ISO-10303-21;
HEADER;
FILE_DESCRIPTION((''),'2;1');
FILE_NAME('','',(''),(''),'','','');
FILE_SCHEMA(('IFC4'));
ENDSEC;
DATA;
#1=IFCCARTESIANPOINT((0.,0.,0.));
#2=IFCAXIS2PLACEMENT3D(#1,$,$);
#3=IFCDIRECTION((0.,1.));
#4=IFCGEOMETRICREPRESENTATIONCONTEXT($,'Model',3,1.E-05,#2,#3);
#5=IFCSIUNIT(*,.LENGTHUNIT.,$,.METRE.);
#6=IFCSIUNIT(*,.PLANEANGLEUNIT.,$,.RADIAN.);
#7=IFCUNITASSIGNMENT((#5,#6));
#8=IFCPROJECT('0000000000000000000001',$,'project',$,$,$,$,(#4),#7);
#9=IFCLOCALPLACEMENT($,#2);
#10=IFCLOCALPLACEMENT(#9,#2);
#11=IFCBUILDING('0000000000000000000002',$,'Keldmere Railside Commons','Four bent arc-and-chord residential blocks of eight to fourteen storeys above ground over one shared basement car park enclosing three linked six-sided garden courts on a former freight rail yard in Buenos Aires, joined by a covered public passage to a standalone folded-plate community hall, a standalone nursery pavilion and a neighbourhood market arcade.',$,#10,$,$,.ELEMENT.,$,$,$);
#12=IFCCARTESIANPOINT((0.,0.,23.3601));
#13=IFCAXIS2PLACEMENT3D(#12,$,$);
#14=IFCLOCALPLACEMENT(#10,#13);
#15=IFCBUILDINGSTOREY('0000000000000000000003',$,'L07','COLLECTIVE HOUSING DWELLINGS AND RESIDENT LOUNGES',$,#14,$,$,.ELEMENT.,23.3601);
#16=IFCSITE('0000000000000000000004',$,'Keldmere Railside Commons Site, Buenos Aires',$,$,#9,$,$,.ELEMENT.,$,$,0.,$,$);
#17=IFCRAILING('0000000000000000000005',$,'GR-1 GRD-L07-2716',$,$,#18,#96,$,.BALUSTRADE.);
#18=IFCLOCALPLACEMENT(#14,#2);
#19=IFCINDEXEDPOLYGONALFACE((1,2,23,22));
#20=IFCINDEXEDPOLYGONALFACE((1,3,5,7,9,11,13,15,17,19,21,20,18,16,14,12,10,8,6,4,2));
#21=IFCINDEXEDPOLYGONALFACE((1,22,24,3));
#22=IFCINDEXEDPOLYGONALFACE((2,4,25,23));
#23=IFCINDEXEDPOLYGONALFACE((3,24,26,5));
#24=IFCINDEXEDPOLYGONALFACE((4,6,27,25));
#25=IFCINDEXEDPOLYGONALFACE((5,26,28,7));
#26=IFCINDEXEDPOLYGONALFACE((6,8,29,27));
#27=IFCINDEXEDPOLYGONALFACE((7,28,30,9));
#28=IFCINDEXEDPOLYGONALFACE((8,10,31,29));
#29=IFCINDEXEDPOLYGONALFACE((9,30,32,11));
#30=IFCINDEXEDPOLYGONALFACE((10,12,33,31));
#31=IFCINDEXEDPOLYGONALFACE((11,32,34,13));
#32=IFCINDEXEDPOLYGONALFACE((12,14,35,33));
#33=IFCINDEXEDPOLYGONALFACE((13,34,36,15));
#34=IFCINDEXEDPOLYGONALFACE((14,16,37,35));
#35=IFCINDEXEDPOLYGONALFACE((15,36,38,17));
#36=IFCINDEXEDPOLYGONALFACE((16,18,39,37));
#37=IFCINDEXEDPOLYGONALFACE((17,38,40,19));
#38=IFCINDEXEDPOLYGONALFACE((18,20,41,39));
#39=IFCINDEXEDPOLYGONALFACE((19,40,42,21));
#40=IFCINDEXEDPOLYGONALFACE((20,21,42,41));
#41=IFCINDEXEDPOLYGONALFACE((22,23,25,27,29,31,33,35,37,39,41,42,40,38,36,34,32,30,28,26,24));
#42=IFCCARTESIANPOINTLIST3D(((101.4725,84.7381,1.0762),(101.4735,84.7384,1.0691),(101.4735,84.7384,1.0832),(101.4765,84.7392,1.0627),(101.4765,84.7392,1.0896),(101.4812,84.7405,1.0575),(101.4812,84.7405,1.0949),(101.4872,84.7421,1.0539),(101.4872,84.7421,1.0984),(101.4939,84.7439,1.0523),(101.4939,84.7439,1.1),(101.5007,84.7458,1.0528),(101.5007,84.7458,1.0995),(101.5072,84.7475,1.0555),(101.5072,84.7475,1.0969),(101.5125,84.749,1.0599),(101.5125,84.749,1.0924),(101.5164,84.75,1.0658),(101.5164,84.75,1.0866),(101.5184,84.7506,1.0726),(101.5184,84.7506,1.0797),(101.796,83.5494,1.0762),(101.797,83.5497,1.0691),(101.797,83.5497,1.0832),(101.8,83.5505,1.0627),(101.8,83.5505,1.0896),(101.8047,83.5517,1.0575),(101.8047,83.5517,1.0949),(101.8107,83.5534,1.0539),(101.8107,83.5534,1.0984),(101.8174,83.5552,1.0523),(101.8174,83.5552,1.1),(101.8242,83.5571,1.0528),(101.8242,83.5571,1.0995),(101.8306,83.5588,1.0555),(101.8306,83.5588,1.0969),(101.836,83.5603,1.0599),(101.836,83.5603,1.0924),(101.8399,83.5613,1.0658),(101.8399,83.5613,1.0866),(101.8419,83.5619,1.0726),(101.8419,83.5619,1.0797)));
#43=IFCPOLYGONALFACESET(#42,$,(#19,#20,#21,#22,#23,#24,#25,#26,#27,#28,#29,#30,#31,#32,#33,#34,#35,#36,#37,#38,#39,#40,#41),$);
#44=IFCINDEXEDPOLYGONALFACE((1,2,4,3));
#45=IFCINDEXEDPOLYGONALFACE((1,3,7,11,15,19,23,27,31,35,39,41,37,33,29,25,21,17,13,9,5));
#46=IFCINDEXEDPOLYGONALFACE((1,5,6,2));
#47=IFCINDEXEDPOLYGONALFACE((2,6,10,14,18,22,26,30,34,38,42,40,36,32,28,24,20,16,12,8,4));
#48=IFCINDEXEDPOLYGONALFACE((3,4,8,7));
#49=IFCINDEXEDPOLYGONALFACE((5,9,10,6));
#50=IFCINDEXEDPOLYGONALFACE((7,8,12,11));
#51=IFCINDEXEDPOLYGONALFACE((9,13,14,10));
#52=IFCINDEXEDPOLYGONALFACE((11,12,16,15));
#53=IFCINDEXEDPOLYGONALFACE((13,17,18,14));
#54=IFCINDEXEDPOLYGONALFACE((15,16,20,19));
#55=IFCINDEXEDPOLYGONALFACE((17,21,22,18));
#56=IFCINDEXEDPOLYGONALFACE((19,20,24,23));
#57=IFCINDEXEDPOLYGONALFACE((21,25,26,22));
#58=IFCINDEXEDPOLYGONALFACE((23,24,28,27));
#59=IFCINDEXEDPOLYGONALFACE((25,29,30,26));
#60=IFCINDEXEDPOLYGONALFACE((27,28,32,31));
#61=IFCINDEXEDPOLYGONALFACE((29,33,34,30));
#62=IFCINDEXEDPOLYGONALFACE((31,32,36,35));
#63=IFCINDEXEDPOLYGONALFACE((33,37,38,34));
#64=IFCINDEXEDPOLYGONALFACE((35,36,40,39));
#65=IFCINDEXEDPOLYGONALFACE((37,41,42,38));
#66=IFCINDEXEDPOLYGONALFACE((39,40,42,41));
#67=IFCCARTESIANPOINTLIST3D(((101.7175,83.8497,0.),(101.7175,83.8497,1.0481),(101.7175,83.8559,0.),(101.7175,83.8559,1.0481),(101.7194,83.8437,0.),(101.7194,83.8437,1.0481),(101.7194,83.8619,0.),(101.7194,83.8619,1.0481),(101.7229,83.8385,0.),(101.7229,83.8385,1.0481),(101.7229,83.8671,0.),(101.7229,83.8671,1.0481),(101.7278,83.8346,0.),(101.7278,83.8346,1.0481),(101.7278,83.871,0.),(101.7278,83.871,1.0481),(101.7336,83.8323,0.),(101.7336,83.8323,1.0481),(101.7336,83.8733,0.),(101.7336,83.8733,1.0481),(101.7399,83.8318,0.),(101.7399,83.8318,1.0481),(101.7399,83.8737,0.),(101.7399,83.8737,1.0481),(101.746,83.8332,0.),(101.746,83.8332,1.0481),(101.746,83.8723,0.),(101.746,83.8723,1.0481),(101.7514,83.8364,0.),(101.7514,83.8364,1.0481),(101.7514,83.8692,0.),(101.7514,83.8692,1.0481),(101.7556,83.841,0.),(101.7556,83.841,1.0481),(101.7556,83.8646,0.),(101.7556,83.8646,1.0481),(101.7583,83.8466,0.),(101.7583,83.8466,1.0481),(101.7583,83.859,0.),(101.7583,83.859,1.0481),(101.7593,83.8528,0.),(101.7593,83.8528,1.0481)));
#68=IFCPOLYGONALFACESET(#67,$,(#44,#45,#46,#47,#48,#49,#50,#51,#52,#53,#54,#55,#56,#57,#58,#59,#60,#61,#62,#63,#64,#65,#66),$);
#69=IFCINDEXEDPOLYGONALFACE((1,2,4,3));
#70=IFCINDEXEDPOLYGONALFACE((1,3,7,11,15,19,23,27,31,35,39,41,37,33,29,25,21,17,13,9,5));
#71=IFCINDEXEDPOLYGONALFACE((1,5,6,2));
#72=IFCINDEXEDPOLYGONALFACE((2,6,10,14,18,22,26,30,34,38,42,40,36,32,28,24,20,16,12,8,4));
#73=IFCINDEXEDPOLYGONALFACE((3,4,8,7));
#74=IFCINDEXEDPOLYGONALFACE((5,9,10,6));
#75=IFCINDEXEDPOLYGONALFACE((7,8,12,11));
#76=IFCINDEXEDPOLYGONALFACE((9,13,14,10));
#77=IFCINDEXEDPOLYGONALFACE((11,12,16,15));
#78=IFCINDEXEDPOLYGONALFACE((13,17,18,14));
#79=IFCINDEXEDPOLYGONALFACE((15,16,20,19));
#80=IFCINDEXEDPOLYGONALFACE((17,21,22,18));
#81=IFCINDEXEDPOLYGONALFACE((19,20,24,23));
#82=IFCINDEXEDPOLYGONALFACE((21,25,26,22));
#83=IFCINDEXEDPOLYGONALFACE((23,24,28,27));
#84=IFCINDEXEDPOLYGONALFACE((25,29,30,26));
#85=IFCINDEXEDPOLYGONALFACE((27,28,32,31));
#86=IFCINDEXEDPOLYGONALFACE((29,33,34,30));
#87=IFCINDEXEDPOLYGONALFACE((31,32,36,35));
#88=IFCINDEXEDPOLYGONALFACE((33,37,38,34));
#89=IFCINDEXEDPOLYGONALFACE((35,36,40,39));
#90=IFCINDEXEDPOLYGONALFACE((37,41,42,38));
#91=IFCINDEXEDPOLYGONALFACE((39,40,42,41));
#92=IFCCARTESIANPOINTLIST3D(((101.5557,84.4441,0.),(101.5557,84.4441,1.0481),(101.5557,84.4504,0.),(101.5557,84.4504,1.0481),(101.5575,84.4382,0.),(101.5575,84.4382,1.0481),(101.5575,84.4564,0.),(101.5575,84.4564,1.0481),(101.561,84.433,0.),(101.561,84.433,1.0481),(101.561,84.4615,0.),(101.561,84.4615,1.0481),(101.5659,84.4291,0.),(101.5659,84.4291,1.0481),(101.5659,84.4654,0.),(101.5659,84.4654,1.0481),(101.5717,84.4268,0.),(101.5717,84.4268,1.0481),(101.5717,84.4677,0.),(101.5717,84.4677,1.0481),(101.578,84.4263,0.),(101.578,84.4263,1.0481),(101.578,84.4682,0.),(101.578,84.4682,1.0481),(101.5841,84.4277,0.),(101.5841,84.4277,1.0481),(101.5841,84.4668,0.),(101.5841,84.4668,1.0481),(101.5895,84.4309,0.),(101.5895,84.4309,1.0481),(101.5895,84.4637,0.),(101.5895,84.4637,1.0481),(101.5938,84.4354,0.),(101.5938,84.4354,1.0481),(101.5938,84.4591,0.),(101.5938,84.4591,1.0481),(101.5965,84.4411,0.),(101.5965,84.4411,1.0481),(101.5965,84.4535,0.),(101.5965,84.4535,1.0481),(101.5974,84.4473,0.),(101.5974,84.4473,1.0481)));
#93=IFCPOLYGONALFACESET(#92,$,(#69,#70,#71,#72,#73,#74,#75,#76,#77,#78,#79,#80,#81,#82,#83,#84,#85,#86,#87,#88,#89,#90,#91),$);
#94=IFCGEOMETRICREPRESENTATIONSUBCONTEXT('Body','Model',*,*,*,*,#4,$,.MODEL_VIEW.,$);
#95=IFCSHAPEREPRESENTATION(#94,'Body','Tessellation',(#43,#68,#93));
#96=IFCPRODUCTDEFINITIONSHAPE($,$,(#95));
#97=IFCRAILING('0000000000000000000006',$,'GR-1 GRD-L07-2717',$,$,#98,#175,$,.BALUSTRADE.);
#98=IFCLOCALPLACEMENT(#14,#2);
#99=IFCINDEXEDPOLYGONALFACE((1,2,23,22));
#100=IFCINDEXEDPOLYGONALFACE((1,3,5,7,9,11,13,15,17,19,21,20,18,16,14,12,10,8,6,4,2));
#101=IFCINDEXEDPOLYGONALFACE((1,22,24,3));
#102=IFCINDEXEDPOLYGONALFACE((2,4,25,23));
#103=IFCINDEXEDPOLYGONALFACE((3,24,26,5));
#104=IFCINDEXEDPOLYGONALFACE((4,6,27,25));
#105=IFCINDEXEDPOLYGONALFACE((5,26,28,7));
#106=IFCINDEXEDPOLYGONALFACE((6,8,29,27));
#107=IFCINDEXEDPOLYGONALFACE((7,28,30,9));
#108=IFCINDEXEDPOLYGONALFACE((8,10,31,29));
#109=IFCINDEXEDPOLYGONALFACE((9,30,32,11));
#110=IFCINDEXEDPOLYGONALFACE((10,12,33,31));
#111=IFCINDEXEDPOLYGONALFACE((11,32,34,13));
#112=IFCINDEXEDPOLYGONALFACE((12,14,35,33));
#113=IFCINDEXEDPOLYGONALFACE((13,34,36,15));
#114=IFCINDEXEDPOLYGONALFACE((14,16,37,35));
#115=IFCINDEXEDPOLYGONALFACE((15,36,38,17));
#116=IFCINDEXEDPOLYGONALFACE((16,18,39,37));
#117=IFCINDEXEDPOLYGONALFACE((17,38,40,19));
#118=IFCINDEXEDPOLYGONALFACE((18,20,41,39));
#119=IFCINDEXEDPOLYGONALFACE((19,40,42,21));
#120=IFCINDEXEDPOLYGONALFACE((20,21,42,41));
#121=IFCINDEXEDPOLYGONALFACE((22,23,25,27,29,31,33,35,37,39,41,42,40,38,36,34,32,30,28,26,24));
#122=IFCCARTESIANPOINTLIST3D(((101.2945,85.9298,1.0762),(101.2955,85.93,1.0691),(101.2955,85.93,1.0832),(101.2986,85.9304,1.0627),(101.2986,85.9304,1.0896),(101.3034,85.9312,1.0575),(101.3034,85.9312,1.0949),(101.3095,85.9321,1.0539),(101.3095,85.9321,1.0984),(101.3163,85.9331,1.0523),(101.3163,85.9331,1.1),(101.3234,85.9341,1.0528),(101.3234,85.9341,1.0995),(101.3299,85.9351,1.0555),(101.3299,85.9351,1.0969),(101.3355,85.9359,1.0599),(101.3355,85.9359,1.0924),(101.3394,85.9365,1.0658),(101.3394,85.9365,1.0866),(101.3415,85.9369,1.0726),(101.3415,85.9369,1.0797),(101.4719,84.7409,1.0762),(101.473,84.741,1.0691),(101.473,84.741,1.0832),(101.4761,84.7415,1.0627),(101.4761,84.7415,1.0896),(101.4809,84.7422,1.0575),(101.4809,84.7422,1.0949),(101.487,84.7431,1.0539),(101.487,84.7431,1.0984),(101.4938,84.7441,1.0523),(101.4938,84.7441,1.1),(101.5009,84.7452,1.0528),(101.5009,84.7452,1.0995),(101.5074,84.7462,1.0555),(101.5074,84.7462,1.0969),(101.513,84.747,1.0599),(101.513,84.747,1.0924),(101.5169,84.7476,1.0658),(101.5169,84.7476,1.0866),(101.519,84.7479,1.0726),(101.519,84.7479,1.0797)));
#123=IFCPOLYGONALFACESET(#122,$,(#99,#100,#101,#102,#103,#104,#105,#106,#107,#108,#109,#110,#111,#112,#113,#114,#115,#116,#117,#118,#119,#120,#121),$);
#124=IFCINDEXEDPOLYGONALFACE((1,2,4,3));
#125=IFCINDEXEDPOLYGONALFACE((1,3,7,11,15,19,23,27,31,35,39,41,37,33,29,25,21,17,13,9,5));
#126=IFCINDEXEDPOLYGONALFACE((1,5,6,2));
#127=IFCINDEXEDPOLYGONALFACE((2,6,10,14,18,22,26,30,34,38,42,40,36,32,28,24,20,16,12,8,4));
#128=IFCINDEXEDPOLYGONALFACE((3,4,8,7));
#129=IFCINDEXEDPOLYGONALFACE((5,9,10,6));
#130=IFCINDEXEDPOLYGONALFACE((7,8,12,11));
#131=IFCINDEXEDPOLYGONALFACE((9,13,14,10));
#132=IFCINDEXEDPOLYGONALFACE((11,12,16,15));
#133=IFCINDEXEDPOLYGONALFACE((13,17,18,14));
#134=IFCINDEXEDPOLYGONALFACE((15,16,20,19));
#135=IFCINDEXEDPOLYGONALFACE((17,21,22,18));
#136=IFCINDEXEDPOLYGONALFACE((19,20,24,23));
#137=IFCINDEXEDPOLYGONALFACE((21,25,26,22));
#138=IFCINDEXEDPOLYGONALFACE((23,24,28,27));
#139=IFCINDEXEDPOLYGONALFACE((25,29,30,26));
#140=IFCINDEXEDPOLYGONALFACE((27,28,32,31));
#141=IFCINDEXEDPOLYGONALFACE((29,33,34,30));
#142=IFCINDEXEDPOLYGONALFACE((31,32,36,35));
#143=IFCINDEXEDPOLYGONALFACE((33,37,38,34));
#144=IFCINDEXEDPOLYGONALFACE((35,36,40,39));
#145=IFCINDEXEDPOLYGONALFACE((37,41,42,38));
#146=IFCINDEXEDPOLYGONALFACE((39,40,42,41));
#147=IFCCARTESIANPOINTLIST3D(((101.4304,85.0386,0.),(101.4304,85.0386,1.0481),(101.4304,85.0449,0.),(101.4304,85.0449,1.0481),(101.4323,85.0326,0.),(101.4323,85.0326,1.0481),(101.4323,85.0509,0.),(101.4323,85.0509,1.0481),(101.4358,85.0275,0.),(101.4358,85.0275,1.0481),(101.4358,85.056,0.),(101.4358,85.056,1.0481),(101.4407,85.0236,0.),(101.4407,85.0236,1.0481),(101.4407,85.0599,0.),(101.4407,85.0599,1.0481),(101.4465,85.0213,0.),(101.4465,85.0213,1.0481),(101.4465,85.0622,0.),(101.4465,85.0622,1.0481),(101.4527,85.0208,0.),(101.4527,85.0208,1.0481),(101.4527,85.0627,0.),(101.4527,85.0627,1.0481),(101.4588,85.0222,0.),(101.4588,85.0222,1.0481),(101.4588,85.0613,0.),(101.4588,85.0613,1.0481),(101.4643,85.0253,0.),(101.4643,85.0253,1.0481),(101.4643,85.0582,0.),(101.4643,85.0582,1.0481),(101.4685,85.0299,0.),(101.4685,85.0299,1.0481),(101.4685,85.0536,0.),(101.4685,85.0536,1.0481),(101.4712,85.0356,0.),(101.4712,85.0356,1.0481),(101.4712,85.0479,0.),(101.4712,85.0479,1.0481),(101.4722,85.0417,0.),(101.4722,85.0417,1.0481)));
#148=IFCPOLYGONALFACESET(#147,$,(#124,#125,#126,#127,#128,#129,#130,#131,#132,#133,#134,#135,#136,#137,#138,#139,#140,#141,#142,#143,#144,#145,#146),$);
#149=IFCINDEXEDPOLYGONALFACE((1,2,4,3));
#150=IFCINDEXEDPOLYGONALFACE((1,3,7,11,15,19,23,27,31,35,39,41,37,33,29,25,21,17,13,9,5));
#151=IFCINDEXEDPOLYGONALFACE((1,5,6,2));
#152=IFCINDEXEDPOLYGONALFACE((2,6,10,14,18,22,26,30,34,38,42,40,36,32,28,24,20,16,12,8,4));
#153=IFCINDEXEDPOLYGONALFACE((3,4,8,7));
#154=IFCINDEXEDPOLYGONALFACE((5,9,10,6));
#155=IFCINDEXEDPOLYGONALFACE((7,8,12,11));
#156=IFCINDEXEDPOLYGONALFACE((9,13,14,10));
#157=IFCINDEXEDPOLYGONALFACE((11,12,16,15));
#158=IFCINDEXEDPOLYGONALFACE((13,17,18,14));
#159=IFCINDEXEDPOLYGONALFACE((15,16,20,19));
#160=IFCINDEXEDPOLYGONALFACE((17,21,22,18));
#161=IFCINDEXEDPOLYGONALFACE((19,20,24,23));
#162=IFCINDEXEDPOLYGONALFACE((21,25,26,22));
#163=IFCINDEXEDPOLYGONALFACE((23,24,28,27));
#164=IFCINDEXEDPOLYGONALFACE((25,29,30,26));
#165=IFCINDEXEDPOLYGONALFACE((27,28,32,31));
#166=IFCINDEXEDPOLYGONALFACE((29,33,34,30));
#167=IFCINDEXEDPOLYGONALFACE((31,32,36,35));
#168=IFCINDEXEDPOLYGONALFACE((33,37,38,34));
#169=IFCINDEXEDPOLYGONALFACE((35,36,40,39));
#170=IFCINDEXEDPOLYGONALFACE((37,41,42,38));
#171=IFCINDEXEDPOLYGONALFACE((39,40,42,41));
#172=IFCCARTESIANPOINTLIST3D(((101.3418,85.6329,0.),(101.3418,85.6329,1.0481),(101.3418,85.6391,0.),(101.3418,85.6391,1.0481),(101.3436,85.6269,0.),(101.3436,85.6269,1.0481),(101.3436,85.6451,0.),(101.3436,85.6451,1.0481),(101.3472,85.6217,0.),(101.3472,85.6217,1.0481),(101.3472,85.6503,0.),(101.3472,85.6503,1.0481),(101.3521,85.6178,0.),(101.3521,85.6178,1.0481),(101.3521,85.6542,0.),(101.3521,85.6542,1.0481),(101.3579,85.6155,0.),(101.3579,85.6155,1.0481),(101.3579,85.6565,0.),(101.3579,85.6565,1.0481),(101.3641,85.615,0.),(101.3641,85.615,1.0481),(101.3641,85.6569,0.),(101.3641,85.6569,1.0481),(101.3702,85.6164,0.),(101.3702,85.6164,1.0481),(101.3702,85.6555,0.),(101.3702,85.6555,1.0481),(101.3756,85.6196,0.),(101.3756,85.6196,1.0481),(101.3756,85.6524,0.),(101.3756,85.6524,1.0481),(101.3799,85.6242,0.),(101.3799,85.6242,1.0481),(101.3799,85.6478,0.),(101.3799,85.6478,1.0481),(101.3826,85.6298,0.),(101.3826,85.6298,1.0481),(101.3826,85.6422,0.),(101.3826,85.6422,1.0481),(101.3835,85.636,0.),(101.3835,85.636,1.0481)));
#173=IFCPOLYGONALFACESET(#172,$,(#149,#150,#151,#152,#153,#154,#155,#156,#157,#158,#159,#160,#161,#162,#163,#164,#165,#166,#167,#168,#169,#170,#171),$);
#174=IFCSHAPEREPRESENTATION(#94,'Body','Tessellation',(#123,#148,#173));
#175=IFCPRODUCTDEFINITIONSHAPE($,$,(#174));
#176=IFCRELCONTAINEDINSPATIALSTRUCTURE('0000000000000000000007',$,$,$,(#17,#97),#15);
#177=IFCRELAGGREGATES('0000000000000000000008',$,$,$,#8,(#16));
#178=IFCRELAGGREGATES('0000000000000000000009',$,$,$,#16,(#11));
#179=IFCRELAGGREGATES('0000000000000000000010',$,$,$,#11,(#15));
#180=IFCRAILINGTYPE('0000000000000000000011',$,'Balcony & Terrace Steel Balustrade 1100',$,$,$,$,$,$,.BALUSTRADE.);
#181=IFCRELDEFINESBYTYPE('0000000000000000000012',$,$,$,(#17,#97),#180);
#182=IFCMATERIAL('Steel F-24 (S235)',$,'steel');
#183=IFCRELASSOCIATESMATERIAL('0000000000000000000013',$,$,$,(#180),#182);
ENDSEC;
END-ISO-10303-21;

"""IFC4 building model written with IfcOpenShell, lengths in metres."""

from ifc_helpers import new_model, si_unit, direction, frame, origin, origin_2d, place, context, subcontext, project, spatial, circle, extrude, material, type_object, element, save


model = new_model("IFC4")

# Units and contexts
model_context = context("Model", 3, precision=1e-05, world=origin(), true_north=direction((0.0, 1.0)))
body_context = subcontext(model_context, "Body", "Model", "MODEL_VIEW")
ifc_project = project(units=[si_unit("LENGTHUNIT", "METRE"), si_unit("PLANEANGLEUNIT", "RADIAN")], contexts=[model_context])

# Site, building, storey
site_placement = place(None, origin())
site = spatial("IfcSite", under=ifc_project, at=site_placement, Name="Keldmere Railside Commons Site, Buenos Aires", CompositionType="ELEMENT", RefElevation=0.0)
building_placement = place(site_placement, origin())
building = spatial("IfcBuilding", under=site, at=building_placement, Name="Keldmere Railside Commons", Description="Four bent arc-and-chord residential blocks of eight to fourteen storeys above ground over one shared basement car park enclosing three linked six-sided garden courts on a former freight rail yard in Buenos Aires, joined by a covered public passage to a standalone folded-plate community hall, a standalone nursery pavilion and a neighbourhood market arcade.", CompositionType="ELEMENT")
storey_placement = place(building_placement, frame((0.0, 0.0, 23.3601)))
storey = spatial("IfcBuildingStorey", under=building, at=storey_placement, Name="L07", Description="COLLECTIVE HOUSING DWELLINGS AND RESIDENT LOUNGES", CompositionType="ELEMENT", Elevation=23.3601)

# Shared definitions
ifc_material_1 = material(Name="Steel F-24 (S235)", Category="steel")

# Railings
railing_type = type_object("IfcRailingType", Name="Balcony & Terrace Steel Balustrade 1100", PredefinedType="BALUSTRADE", material=ifc_material_1)
railing_1_placement = place(storey_placement, frame((101.8191, 83.5557, 0.0)))
element("IfcRailing", 1, at=railing_1_placement, inside=storey, type_object=railing_type, Name="GR-1 GRD-L07-2716", PredefinedType="BALUSTRADE", context=body_context, shape_type="SweptSolid", body=[
    extrude(circle(Radius=0.0239, at=origin_2d()), frame((0.0, 0.0, 1.0762), z_axis=(-0.262581, 0.96491, 0.0), x_axis=(-0.96491, -0.262581, 0.0)), (0.0, 0.0, 1.0), 1.2319),
    extrude(circle(Radius=0.021, at=origin_2d()), frame((-0.0808, 0.2971, 0.0)), (0.0, 0.0, 1.0), 1.0481),
    extrude(circle(Radius=0.021, at=origin_2d()), frame((-0.2427, 0.8916, 0.0)), (0.0, 0.0, 1.0), 1.0481),
])
railing_2_placement = place(storey_placement, frame((101.4956, 84.7444, 0.0)))
element("IfcRailing", 2, at=railing_2_placement, inside=storey, type_object=railing_type, Name="GR-1 GRD-L07-2717", PredefinedType="BALUSTRADE", context=body_context, shape_type="SweptSolid", body=[
    extrude(circle(Radius=0.0239, at=origin_2d()), frame((0.0, 0.0, 1.0762), z_axis=(-0.147645, 0.98904, 0.0), x_axis=(-0.98904, -0.147645, 0.0)), (0.0, 0.0, 1.0), 1.2021),
    extrude(circle(Radius=0.021, at=origin_2d()), frame((-0.0444, 0.2974, 0.0)), (0.0, 0.0, 1.0), 1.0481),
    extrude(circle(Radius=0.021, at=origin_2d()), frame((-0.1331, 0.8916, 0.0)), (0.0, 0.0, 1.0), 1.0481),
])

save(model, "model.ifc")
